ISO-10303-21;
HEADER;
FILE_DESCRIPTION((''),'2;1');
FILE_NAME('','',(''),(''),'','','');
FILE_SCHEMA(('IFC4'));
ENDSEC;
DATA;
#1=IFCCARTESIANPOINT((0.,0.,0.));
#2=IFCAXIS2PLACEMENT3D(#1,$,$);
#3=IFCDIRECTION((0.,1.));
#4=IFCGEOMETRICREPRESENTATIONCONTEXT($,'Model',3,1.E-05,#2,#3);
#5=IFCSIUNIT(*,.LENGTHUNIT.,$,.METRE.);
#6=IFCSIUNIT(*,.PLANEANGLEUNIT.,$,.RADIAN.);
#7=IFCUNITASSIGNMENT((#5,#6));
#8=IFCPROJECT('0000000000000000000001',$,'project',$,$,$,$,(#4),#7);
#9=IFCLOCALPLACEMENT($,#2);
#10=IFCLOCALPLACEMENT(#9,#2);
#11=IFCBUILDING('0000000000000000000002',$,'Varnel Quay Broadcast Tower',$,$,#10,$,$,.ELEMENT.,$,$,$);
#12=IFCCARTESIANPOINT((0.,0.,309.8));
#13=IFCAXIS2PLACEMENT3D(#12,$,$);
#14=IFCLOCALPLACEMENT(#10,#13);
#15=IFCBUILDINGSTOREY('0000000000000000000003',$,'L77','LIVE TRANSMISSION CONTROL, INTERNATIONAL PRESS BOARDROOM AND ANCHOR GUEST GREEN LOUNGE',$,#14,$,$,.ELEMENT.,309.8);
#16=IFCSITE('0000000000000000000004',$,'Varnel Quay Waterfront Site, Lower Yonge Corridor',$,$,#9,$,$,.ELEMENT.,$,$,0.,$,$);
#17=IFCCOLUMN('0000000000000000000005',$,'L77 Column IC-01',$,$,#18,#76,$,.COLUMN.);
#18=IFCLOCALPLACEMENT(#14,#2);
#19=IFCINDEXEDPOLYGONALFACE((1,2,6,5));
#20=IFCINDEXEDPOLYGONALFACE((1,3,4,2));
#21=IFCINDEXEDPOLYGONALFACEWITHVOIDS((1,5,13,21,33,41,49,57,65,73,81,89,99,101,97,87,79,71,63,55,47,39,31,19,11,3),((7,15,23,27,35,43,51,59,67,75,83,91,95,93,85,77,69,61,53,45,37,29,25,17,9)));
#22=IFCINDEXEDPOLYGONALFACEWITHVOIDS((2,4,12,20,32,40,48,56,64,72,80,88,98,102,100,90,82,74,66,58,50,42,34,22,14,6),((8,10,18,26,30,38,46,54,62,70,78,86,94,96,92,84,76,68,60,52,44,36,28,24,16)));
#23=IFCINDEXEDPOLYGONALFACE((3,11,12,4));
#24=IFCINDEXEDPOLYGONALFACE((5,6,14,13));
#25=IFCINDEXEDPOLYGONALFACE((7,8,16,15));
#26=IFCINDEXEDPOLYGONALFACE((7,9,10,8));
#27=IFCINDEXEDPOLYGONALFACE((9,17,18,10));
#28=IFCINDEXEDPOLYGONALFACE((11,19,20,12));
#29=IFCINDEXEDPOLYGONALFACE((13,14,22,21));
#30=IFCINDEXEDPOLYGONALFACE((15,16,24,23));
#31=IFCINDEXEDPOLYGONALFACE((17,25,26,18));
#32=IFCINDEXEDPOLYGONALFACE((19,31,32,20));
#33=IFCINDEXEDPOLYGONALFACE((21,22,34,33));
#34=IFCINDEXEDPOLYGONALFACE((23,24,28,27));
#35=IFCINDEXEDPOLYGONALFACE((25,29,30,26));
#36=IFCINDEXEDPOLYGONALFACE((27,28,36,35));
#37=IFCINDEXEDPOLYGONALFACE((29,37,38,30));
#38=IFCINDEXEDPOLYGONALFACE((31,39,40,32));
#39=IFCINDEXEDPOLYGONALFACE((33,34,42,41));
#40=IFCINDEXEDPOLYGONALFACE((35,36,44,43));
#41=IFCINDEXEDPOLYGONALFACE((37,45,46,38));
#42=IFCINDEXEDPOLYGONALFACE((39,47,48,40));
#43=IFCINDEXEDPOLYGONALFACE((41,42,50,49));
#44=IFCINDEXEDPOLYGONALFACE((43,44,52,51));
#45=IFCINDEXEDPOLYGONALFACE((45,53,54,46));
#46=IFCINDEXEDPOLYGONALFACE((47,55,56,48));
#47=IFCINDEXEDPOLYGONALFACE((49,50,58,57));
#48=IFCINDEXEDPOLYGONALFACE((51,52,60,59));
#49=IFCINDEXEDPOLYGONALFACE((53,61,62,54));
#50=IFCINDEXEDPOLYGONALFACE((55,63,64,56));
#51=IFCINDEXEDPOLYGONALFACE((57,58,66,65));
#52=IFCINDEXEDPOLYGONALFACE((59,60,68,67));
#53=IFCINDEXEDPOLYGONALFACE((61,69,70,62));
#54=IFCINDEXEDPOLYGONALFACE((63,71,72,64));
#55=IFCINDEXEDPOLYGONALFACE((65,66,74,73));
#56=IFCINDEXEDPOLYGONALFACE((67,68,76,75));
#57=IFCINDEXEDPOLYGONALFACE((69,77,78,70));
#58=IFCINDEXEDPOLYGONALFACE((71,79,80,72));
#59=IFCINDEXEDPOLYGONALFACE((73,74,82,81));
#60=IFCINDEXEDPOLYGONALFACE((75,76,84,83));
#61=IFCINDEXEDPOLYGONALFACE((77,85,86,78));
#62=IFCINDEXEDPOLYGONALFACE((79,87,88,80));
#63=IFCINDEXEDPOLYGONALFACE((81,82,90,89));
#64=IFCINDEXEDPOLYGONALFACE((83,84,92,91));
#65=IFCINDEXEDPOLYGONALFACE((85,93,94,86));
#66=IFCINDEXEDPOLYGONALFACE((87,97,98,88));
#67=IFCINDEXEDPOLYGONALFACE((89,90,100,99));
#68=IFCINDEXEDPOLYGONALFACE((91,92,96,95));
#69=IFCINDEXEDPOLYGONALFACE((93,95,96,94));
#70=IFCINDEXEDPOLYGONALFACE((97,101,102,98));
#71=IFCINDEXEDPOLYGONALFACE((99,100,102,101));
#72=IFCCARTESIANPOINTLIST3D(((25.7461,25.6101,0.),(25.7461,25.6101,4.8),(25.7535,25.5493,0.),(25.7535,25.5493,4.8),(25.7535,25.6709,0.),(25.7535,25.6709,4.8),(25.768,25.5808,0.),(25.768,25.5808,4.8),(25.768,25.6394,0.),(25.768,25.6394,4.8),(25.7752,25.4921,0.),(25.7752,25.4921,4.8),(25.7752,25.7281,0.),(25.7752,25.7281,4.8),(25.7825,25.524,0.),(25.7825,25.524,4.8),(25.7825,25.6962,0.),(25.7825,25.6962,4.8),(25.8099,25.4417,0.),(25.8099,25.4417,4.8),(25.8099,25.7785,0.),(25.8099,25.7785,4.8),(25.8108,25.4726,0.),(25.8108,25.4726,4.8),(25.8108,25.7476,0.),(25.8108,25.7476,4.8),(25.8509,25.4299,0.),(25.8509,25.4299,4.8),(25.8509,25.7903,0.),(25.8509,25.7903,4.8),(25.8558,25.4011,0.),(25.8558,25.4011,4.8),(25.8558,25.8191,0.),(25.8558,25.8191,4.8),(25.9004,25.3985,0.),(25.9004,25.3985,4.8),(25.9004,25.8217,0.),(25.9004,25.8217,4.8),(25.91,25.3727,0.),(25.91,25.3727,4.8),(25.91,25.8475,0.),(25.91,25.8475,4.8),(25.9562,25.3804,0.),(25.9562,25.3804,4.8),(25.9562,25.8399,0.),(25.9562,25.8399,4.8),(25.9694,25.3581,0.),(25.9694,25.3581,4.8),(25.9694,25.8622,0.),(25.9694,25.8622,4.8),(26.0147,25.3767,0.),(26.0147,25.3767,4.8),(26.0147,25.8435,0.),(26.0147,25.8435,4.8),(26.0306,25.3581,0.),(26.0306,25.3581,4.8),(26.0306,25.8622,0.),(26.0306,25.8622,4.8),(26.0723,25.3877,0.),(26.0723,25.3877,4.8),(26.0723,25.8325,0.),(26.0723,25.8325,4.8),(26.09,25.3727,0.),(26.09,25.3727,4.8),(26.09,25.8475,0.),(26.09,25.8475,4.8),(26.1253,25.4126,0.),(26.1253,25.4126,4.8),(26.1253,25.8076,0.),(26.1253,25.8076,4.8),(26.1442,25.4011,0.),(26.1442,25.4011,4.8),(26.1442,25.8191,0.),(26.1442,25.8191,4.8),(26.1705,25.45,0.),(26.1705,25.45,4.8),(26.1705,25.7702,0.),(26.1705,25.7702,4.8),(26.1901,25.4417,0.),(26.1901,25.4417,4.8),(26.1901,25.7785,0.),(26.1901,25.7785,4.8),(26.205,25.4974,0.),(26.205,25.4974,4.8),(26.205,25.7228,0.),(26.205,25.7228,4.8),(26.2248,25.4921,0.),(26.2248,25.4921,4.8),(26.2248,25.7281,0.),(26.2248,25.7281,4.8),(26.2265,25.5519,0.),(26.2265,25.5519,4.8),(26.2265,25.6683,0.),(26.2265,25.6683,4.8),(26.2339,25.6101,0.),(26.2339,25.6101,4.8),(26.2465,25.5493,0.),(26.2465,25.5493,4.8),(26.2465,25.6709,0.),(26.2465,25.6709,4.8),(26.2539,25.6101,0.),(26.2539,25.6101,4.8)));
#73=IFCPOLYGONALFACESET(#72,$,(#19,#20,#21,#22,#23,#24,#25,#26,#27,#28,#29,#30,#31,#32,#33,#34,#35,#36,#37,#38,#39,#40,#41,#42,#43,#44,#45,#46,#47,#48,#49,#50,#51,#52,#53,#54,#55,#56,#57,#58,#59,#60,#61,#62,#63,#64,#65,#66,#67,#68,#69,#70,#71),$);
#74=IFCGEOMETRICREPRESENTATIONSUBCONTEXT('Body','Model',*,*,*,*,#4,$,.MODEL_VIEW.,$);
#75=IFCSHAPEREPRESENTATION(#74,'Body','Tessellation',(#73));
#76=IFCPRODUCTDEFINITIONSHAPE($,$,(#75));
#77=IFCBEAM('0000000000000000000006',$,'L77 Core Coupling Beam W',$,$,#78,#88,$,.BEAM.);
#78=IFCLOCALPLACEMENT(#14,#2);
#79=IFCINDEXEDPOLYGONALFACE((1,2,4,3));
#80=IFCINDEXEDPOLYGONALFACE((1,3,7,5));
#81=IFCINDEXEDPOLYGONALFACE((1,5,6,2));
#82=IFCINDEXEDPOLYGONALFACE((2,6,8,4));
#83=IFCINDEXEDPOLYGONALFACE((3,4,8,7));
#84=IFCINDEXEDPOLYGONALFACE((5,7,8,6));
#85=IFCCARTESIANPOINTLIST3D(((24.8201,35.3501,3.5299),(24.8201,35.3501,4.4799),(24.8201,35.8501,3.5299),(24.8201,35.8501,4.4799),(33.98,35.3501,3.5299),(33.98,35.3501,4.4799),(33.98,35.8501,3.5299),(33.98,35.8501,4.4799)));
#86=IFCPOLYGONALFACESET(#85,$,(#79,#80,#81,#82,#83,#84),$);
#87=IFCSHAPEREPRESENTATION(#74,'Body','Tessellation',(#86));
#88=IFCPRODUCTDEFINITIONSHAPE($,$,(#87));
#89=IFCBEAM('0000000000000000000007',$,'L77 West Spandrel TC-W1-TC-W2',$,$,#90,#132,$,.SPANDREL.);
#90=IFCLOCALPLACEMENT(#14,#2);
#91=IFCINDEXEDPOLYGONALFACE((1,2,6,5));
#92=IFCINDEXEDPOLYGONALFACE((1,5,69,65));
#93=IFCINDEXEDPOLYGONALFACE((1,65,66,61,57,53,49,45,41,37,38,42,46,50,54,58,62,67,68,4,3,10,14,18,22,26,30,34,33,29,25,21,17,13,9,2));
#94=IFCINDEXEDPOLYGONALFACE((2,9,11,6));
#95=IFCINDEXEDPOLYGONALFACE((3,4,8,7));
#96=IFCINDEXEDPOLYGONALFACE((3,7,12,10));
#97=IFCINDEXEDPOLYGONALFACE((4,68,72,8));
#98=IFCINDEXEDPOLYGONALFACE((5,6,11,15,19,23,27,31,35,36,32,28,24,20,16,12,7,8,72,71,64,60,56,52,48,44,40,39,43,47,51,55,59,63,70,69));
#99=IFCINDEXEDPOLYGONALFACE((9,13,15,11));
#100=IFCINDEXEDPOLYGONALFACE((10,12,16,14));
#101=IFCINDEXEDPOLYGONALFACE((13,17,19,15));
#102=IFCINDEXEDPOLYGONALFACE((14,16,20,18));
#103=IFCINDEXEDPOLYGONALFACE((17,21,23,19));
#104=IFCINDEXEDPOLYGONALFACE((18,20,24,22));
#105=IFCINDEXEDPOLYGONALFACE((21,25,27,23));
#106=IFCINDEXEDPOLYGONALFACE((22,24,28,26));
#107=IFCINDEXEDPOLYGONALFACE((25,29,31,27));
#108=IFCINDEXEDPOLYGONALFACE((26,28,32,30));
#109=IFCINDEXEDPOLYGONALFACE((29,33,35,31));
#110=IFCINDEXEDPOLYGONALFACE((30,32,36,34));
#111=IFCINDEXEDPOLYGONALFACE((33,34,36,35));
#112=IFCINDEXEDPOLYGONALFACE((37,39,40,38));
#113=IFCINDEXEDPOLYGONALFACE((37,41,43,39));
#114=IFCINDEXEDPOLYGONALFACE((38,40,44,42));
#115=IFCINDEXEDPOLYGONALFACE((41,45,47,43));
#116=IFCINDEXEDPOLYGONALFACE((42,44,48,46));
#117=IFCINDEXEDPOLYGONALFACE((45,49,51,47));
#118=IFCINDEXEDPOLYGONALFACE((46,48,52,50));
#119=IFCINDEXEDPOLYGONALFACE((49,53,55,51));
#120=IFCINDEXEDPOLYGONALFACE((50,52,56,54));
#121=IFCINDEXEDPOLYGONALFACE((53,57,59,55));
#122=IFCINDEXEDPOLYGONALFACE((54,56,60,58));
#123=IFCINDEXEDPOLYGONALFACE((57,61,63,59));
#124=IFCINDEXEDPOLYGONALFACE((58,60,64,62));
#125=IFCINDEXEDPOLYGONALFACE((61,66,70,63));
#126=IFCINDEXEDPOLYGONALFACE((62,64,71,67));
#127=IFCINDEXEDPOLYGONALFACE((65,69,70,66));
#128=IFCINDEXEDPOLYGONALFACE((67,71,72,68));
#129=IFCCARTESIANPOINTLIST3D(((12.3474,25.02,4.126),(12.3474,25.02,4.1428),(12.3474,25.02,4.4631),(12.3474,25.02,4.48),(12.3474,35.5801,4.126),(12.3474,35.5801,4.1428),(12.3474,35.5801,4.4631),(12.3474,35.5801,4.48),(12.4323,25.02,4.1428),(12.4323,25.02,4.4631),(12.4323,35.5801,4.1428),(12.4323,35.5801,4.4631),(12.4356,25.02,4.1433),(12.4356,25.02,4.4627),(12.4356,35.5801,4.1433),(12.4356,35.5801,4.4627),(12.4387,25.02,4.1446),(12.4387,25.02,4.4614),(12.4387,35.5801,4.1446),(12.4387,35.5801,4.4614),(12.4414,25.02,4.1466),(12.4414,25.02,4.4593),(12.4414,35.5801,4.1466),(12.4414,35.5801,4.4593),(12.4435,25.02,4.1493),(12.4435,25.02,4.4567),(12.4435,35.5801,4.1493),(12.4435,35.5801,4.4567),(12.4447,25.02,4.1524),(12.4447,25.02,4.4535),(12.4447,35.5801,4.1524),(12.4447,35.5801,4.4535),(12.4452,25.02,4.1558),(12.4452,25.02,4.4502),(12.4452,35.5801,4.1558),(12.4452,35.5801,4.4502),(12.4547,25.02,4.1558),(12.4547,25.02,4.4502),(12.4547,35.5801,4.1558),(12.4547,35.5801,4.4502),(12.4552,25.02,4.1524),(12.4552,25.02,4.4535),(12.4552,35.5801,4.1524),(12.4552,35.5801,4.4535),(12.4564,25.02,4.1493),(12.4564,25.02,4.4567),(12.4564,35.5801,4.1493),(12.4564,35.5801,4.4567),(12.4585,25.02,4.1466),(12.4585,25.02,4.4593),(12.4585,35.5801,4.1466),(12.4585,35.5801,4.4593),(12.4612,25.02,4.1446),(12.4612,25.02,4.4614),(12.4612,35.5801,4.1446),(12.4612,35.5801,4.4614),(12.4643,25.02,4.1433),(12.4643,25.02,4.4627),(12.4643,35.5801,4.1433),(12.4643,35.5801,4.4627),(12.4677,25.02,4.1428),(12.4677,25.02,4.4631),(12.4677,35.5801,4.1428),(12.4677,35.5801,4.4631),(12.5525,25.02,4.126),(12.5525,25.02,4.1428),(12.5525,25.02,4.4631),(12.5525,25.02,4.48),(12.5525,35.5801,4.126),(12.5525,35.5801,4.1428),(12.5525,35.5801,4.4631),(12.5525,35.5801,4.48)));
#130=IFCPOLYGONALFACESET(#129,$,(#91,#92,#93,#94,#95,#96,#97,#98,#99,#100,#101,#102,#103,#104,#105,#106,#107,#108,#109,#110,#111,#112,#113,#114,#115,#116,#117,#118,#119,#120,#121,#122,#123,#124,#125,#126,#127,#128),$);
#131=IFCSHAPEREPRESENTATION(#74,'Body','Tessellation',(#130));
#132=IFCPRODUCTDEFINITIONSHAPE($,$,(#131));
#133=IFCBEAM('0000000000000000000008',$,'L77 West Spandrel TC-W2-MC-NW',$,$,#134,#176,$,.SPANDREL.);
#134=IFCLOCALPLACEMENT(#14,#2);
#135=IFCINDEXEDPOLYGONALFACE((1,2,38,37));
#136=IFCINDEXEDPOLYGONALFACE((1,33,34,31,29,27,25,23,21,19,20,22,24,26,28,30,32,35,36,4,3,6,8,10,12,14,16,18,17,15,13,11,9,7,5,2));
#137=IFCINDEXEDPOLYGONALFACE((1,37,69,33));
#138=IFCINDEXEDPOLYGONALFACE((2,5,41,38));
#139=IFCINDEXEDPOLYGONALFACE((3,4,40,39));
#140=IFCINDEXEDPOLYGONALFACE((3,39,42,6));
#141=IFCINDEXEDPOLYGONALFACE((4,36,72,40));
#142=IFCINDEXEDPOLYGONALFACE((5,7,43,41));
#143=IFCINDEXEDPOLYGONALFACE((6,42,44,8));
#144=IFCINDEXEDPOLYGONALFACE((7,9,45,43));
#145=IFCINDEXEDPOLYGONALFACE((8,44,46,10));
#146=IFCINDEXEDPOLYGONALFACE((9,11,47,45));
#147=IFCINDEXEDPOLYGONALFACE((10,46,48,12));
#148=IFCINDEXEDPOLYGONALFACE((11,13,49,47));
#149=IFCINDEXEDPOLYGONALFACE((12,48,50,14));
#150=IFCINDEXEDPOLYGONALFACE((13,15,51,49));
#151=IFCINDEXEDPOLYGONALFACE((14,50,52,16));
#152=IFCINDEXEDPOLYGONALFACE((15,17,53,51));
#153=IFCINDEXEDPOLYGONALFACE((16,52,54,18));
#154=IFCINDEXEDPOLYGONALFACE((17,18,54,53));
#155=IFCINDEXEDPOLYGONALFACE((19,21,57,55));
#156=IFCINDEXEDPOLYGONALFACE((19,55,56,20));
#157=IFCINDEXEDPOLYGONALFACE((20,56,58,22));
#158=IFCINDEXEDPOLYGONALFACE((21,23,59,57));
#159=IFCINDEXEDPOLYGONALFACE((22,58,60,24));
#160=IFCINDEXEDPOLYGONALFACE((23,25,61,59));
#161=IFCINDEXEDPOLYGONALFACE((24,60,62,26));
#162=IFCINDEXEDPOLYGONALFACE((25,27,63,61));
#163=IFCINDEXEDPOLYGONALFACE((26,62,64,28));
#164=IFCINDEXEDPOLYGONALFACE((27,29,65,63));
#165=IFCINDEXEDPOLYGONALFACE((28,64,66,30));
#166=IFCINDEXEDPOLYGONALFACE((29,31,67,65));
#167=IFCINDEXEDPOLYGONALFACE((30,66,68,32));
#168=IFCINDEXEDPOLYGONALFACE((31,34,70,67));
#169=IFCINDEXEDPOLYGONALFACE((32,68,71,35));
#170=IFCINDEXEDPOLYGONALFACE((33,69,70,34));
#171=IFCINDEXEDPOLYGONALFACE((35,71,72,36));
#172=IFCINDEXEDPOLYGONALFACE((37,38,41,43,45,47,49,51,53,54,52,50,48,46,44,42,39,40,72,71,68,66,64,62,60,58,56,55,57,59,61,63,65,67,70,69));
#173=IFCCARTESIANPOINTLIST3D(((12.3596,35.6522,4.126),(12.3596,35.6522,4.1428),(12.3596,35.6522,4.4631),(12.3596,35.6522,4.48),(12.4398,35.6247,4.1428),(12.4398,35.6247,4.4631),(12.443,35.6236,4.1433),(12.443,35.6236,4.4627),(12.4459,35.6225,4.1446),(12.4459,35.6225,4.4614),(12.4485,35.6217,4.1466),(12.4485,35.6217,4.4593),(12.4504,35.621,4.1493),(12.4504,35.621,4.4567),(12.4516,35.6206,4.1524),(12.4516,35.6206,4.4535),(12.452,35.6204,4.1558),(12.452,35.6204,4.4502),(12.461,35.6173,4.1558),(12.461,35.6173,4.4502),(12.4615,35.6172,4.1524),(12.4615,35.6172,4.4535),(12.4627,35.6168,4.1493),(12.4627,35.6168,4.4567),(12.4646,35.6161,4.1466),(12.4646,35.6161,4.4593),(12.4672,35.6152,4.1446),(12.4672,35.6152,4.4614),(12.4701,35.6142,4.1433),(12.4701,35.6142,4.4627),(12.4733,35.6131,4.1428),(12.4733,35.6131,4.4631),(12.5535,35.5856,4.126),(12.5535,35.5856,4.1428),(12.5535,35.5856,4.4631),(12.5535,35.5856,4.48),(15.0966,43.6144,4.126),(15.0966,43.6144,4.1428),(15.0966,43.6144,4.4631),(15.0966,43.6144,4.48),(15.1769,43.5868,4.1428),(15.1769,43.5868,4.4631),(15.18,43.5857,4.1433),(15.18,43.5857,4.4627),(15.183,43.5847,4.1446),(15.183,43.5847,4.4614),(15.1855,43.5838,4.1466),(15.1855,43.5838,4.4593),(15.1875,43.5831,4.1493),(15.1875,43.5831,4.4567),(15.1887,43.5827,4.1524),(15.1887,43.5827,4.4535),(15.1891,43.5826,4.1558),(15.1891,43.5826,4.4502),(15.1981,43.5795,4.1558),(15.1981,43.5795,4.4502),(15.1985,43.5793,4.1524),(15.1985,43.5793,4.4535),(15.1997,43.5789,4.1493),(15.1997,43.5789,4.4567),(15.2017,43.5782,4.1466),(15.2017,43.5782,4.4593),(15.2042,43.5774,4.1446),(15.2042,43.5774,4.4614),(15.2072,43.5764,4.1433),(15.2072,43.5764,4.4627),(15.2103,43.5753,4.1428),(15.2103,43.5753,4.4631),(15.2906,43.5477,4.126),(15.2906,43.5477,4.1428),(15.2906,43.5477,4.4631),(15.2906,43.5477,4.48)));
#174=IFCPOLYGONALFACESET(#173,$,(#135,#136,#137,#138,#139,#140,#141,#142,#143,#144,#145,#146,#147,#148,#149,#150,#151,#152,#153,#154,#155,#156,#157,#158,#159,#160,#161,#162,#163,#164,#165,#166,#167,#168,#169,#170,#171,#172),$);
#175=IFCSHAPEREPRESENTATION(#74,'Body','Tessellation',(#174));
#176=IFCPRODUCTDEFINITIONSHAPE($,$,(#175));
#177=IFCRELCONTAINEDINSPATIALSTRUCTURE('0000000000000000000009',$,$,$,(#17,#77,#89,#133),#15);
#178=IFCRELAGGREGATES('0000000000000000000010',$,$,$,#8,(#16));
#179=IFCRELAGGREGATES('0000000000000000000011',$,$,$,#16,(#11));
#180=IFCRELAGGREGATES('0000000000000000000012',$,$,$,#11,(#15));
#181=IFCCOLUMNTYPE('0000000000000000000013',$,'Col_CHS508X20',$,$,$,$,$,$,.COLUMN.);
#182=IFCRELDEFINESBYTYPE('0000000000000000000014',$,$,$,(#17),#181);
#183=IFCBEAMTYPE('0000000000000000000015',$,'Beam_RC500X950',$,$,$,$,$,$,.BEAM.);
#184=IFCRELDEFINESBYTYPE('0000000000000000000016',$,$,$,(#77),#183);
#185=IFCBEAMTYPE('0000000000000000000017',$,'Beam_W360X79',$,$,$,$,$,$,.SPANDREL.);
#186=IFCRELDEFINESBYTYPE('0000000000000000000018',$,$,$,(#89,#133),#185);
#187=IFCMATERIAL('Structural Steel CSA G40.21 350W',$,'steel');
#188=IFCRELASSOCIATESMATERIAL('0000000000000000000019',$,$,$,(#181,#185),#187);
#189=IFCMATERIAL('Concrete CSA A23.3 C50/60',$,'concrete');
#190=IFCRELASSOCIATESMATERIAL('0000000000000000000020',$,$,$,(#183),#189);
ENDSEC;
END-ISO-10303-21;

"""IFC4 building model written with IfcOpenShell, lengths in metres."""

from ifc_helpers import new_model, si_unit, direction, frame, origin, origin_2d, place, context, subcontext, project, spatial, rectangle, hollow_circle, i_section, extrude, source, transform, mapped, material, material_profile, profile_set, type_object, type_shapes, element, save


model = new_model("IFC4")

# Units and contexts
model_context = context("Model", 3, precision=1e-05, world=origin(), true_north=direction((0.0, 1.0)))
body_context = subcontext(model_context, "Body", "Model", "MODEL_VIEW")
ifc_project = project(units=[si_unit("LENGTHUNIT", "METRE"), si_unit("PLANEANGLEUNIT", "RADIAN")], contexts=[model_context])

# Site, building, storey
site_placement = place(None, origin())
site = spatial("IfcSite", under=ifc_project, at=site_placement, Name="Varnel Quay Waterfront Site, Lower Yonge Corridor", CompositionType="ELEMENT", RefElevation=0.0)
building_placement = place(site_placement, origin())
building = spatial("IfcBuilding", under=site, at=building_placement, Name="Varnel Quay Broadcast Tower", CompositionType="ELEMENT")
storey_placement = place(building_placement, frame((0.0, 0.0, 309.8)))
storey = spatial("IfcBuildingStorey", under=building, at=storey_placement, Name="L77", Description="LIVE TRANSMISSION CONTROL, INTERNATIONAL PRESS BOARDROOM AND ANCHOR GUEST GREEN LOUNGE", CompositionType="ELEMENT", Elevation=309.8)

# Column
ifc_material_1 = material(Name="Structural Steel CSA G40.21 350W", Category="steel")
ifc_material_profile_1 = material_profile(ifc_material_1, hollow_circle(Radius=0.2539, WallThickness=0.02, at=origin_2d()), Name="CHS508X20")
ifc_profile_set_1 = profile_set([ifc_material_profile_1], Name="Structural Steel CSA G40.21 350W")
column_type_1 = type_object("IfcColumnType", Name="Col_CHS508X20", PredefinedType="COLUMN", material=ifc_profile_set_1)
shared_shape_1 = source(origin(), body_context, "Body", "SweptSolid", [
    extrude(hollow_circle(Radius=0.2539, WallThickness=0.02, at=origin_2d()), origin(), (0.0, 0.0, 1.0), 4.8),
])
type_shapes(column_type_1, [shared_shape_1])
column_1_placement = place(storey_placement, frame((26.0, 25.6101, 0.0), z_axis=(0.0, 0.0, 1.0), x_axis=(1.0, 0.0, 0.0)))
element("IfcColumn", 1, at=column_1_placement, inside=storey, type_object=column_type_1, Name="L77 Column IC-01", PredefinedType="COLUMN", context=body_context, shape_type="MappedRepresentation", body=[
    mapped(shared_shape_1, transform((0.0, 0.0, 0.0), x_axis=(1.0, 0.0, 0.0), y_axis=(0.0, 1.0, 0.0), z_axis=(0.0, 0.0, 1.0), scale=1.0)),
])

# Beams
ifc_material_2 = material(Name="Concrete CSA A23.3 C50/60", Category="concrete")
ifc_material_profile_2 = material_profile(ifc_material_2, rectangle(XDim=0.5, YDim=0.95, at=origin_2d()), Name="RC500X950")
ifc_profile_set_2 = profile_set([ifc_material_profile_2], Name="Concrete CSA A23.3 C50/60")
beam_type_1 = type_object("IfcBeamType", Name="Beam_RC500X950", PredefinedType="BEAM", material=ifc_profile_set_2)
shared_shape_2 = source(origin(), body_context, "Body", "SweptSolid", [
    extrude(rectangle(XDim=0.5, YDim=0.95, at=origin_2d()), origin(), (0.0, 0.0, 1.0), 9.1599),
])
type_shapes(beam_type_1, [shared_shape_2])
beam_1_placement = place(storey_placement, frame((24.8201, 35.6001, 4.0049), z_axis=(1.0, 0.0, 0.0), x_axis=(0.0, 1.0, 0.0)))
element("IfcBeam", 2, at=beam_1_placement, inside=storey, type_object=beam_type_1, Name="L77 Core Coupling Beam W", PredefinedType="BEAM", context=body_context, shape_type="MappedRepresentation", body=[
    mapped(shared_shape_2, transform((0.0, 0.0, 0.0), x_axis=(1.0, 0.0, 0.0), y_axis=(0.0, 1.0, 0.0), z_axis=(0.0, 0.0, 1.0), scale=1.0)),
])
ifc_material_profile_3 = material_profile(ifc_material_1, i_section(OverallWidth=0.2051, OverallDepth=0.354, WebThickness=0.0095, FlangeThickness=0.0168, FilletRadius=0.0129, at=origin_2d()), Name="W360X79")
ifc_profile_set_3 = profile_set([ifc_material_profile_3], Name="Structural Steel CSA G40.21 350W")
beam_type_2 = type_object("IfcBeamType", Name="Beam_W360X79", PredefinedType="SPANDREL", material=ifc_profile_set_3)
shared_shape_3 = source(origin(), body_context, "Body", "SweptSolid", [
    extrude(i_section(OverallWidth=0.2051, OverallDepth=0.354, WebThickness=0.0095, FlangeThickness=0.0168, FilletRadius=0.0129, at=origin_2d()), origin(), (0.0, 0.0, 1.0), 10.5601),
])
beam_2_placement = place(storey_placement, frame((12.45, 25.02, 4.303), z_axis=(0.0, 1.0, 0.0), x_axis=(-1.0, 0.0, 0.0)))
element("IfcBeam", 3, at=beam_2_placement, inside=storey, type_object=beam_type_2, Name="L77 West Spandrel TC-W1-TC-W2", PredefinedType="SPANDREL", context=body_context, shape_type="MappedRepresentation", body=[
    mapped(shared_shape_3, transform((0.0, 0.0, 0.0), x_axis=(1.0, 0.0, 0.0), y_axis=(0.0, 1.0, 0.0), z_axis=(0.0, 0.0, 1.0), scale=1.0)),
])
shared_shape_4 = source(origin(), body_context, "Body", "SweptSolid", [
    extrude(i_section(OverallWidth=0.2051, OverallDepth=0.354, WebThickness=0.0095, FlangeThickness=0.0168, FilletRadius=0.0129, at=origin_2d()), origin(), (0.0, 0.0, 1.0), 8.4194),
])
type_shapes(beam_type_2, [shared_shape_3, shared_shape_4])
beam_3_placement = place(storey_placement, frame((12.4565, 35.6189, 4.303), z_axis=(0.325087, 0.945684, 0.0), x_axis=(-0.945684, 0.325087, 0.0)))
element("IfcBeam", 4, at=beam_3_placement, inside=storey, type_object=beam_type_2, Name="L77 West Spandrel TC-W2-MC-NW", PredefinedType="SPANDREL", context=body_context, shape_type="MappedRepresentation", body=[
    mapped(shared_shape_4, transform((0.0, 0.0, 0.0), x_axis=(1.0, 0.0, 0.0), y_axis=(0.0, 1.0, 0.0), z_axis=(0.0, 0.0, 1.0), scale=1.0)),
])

save(model, "model.ifc")
